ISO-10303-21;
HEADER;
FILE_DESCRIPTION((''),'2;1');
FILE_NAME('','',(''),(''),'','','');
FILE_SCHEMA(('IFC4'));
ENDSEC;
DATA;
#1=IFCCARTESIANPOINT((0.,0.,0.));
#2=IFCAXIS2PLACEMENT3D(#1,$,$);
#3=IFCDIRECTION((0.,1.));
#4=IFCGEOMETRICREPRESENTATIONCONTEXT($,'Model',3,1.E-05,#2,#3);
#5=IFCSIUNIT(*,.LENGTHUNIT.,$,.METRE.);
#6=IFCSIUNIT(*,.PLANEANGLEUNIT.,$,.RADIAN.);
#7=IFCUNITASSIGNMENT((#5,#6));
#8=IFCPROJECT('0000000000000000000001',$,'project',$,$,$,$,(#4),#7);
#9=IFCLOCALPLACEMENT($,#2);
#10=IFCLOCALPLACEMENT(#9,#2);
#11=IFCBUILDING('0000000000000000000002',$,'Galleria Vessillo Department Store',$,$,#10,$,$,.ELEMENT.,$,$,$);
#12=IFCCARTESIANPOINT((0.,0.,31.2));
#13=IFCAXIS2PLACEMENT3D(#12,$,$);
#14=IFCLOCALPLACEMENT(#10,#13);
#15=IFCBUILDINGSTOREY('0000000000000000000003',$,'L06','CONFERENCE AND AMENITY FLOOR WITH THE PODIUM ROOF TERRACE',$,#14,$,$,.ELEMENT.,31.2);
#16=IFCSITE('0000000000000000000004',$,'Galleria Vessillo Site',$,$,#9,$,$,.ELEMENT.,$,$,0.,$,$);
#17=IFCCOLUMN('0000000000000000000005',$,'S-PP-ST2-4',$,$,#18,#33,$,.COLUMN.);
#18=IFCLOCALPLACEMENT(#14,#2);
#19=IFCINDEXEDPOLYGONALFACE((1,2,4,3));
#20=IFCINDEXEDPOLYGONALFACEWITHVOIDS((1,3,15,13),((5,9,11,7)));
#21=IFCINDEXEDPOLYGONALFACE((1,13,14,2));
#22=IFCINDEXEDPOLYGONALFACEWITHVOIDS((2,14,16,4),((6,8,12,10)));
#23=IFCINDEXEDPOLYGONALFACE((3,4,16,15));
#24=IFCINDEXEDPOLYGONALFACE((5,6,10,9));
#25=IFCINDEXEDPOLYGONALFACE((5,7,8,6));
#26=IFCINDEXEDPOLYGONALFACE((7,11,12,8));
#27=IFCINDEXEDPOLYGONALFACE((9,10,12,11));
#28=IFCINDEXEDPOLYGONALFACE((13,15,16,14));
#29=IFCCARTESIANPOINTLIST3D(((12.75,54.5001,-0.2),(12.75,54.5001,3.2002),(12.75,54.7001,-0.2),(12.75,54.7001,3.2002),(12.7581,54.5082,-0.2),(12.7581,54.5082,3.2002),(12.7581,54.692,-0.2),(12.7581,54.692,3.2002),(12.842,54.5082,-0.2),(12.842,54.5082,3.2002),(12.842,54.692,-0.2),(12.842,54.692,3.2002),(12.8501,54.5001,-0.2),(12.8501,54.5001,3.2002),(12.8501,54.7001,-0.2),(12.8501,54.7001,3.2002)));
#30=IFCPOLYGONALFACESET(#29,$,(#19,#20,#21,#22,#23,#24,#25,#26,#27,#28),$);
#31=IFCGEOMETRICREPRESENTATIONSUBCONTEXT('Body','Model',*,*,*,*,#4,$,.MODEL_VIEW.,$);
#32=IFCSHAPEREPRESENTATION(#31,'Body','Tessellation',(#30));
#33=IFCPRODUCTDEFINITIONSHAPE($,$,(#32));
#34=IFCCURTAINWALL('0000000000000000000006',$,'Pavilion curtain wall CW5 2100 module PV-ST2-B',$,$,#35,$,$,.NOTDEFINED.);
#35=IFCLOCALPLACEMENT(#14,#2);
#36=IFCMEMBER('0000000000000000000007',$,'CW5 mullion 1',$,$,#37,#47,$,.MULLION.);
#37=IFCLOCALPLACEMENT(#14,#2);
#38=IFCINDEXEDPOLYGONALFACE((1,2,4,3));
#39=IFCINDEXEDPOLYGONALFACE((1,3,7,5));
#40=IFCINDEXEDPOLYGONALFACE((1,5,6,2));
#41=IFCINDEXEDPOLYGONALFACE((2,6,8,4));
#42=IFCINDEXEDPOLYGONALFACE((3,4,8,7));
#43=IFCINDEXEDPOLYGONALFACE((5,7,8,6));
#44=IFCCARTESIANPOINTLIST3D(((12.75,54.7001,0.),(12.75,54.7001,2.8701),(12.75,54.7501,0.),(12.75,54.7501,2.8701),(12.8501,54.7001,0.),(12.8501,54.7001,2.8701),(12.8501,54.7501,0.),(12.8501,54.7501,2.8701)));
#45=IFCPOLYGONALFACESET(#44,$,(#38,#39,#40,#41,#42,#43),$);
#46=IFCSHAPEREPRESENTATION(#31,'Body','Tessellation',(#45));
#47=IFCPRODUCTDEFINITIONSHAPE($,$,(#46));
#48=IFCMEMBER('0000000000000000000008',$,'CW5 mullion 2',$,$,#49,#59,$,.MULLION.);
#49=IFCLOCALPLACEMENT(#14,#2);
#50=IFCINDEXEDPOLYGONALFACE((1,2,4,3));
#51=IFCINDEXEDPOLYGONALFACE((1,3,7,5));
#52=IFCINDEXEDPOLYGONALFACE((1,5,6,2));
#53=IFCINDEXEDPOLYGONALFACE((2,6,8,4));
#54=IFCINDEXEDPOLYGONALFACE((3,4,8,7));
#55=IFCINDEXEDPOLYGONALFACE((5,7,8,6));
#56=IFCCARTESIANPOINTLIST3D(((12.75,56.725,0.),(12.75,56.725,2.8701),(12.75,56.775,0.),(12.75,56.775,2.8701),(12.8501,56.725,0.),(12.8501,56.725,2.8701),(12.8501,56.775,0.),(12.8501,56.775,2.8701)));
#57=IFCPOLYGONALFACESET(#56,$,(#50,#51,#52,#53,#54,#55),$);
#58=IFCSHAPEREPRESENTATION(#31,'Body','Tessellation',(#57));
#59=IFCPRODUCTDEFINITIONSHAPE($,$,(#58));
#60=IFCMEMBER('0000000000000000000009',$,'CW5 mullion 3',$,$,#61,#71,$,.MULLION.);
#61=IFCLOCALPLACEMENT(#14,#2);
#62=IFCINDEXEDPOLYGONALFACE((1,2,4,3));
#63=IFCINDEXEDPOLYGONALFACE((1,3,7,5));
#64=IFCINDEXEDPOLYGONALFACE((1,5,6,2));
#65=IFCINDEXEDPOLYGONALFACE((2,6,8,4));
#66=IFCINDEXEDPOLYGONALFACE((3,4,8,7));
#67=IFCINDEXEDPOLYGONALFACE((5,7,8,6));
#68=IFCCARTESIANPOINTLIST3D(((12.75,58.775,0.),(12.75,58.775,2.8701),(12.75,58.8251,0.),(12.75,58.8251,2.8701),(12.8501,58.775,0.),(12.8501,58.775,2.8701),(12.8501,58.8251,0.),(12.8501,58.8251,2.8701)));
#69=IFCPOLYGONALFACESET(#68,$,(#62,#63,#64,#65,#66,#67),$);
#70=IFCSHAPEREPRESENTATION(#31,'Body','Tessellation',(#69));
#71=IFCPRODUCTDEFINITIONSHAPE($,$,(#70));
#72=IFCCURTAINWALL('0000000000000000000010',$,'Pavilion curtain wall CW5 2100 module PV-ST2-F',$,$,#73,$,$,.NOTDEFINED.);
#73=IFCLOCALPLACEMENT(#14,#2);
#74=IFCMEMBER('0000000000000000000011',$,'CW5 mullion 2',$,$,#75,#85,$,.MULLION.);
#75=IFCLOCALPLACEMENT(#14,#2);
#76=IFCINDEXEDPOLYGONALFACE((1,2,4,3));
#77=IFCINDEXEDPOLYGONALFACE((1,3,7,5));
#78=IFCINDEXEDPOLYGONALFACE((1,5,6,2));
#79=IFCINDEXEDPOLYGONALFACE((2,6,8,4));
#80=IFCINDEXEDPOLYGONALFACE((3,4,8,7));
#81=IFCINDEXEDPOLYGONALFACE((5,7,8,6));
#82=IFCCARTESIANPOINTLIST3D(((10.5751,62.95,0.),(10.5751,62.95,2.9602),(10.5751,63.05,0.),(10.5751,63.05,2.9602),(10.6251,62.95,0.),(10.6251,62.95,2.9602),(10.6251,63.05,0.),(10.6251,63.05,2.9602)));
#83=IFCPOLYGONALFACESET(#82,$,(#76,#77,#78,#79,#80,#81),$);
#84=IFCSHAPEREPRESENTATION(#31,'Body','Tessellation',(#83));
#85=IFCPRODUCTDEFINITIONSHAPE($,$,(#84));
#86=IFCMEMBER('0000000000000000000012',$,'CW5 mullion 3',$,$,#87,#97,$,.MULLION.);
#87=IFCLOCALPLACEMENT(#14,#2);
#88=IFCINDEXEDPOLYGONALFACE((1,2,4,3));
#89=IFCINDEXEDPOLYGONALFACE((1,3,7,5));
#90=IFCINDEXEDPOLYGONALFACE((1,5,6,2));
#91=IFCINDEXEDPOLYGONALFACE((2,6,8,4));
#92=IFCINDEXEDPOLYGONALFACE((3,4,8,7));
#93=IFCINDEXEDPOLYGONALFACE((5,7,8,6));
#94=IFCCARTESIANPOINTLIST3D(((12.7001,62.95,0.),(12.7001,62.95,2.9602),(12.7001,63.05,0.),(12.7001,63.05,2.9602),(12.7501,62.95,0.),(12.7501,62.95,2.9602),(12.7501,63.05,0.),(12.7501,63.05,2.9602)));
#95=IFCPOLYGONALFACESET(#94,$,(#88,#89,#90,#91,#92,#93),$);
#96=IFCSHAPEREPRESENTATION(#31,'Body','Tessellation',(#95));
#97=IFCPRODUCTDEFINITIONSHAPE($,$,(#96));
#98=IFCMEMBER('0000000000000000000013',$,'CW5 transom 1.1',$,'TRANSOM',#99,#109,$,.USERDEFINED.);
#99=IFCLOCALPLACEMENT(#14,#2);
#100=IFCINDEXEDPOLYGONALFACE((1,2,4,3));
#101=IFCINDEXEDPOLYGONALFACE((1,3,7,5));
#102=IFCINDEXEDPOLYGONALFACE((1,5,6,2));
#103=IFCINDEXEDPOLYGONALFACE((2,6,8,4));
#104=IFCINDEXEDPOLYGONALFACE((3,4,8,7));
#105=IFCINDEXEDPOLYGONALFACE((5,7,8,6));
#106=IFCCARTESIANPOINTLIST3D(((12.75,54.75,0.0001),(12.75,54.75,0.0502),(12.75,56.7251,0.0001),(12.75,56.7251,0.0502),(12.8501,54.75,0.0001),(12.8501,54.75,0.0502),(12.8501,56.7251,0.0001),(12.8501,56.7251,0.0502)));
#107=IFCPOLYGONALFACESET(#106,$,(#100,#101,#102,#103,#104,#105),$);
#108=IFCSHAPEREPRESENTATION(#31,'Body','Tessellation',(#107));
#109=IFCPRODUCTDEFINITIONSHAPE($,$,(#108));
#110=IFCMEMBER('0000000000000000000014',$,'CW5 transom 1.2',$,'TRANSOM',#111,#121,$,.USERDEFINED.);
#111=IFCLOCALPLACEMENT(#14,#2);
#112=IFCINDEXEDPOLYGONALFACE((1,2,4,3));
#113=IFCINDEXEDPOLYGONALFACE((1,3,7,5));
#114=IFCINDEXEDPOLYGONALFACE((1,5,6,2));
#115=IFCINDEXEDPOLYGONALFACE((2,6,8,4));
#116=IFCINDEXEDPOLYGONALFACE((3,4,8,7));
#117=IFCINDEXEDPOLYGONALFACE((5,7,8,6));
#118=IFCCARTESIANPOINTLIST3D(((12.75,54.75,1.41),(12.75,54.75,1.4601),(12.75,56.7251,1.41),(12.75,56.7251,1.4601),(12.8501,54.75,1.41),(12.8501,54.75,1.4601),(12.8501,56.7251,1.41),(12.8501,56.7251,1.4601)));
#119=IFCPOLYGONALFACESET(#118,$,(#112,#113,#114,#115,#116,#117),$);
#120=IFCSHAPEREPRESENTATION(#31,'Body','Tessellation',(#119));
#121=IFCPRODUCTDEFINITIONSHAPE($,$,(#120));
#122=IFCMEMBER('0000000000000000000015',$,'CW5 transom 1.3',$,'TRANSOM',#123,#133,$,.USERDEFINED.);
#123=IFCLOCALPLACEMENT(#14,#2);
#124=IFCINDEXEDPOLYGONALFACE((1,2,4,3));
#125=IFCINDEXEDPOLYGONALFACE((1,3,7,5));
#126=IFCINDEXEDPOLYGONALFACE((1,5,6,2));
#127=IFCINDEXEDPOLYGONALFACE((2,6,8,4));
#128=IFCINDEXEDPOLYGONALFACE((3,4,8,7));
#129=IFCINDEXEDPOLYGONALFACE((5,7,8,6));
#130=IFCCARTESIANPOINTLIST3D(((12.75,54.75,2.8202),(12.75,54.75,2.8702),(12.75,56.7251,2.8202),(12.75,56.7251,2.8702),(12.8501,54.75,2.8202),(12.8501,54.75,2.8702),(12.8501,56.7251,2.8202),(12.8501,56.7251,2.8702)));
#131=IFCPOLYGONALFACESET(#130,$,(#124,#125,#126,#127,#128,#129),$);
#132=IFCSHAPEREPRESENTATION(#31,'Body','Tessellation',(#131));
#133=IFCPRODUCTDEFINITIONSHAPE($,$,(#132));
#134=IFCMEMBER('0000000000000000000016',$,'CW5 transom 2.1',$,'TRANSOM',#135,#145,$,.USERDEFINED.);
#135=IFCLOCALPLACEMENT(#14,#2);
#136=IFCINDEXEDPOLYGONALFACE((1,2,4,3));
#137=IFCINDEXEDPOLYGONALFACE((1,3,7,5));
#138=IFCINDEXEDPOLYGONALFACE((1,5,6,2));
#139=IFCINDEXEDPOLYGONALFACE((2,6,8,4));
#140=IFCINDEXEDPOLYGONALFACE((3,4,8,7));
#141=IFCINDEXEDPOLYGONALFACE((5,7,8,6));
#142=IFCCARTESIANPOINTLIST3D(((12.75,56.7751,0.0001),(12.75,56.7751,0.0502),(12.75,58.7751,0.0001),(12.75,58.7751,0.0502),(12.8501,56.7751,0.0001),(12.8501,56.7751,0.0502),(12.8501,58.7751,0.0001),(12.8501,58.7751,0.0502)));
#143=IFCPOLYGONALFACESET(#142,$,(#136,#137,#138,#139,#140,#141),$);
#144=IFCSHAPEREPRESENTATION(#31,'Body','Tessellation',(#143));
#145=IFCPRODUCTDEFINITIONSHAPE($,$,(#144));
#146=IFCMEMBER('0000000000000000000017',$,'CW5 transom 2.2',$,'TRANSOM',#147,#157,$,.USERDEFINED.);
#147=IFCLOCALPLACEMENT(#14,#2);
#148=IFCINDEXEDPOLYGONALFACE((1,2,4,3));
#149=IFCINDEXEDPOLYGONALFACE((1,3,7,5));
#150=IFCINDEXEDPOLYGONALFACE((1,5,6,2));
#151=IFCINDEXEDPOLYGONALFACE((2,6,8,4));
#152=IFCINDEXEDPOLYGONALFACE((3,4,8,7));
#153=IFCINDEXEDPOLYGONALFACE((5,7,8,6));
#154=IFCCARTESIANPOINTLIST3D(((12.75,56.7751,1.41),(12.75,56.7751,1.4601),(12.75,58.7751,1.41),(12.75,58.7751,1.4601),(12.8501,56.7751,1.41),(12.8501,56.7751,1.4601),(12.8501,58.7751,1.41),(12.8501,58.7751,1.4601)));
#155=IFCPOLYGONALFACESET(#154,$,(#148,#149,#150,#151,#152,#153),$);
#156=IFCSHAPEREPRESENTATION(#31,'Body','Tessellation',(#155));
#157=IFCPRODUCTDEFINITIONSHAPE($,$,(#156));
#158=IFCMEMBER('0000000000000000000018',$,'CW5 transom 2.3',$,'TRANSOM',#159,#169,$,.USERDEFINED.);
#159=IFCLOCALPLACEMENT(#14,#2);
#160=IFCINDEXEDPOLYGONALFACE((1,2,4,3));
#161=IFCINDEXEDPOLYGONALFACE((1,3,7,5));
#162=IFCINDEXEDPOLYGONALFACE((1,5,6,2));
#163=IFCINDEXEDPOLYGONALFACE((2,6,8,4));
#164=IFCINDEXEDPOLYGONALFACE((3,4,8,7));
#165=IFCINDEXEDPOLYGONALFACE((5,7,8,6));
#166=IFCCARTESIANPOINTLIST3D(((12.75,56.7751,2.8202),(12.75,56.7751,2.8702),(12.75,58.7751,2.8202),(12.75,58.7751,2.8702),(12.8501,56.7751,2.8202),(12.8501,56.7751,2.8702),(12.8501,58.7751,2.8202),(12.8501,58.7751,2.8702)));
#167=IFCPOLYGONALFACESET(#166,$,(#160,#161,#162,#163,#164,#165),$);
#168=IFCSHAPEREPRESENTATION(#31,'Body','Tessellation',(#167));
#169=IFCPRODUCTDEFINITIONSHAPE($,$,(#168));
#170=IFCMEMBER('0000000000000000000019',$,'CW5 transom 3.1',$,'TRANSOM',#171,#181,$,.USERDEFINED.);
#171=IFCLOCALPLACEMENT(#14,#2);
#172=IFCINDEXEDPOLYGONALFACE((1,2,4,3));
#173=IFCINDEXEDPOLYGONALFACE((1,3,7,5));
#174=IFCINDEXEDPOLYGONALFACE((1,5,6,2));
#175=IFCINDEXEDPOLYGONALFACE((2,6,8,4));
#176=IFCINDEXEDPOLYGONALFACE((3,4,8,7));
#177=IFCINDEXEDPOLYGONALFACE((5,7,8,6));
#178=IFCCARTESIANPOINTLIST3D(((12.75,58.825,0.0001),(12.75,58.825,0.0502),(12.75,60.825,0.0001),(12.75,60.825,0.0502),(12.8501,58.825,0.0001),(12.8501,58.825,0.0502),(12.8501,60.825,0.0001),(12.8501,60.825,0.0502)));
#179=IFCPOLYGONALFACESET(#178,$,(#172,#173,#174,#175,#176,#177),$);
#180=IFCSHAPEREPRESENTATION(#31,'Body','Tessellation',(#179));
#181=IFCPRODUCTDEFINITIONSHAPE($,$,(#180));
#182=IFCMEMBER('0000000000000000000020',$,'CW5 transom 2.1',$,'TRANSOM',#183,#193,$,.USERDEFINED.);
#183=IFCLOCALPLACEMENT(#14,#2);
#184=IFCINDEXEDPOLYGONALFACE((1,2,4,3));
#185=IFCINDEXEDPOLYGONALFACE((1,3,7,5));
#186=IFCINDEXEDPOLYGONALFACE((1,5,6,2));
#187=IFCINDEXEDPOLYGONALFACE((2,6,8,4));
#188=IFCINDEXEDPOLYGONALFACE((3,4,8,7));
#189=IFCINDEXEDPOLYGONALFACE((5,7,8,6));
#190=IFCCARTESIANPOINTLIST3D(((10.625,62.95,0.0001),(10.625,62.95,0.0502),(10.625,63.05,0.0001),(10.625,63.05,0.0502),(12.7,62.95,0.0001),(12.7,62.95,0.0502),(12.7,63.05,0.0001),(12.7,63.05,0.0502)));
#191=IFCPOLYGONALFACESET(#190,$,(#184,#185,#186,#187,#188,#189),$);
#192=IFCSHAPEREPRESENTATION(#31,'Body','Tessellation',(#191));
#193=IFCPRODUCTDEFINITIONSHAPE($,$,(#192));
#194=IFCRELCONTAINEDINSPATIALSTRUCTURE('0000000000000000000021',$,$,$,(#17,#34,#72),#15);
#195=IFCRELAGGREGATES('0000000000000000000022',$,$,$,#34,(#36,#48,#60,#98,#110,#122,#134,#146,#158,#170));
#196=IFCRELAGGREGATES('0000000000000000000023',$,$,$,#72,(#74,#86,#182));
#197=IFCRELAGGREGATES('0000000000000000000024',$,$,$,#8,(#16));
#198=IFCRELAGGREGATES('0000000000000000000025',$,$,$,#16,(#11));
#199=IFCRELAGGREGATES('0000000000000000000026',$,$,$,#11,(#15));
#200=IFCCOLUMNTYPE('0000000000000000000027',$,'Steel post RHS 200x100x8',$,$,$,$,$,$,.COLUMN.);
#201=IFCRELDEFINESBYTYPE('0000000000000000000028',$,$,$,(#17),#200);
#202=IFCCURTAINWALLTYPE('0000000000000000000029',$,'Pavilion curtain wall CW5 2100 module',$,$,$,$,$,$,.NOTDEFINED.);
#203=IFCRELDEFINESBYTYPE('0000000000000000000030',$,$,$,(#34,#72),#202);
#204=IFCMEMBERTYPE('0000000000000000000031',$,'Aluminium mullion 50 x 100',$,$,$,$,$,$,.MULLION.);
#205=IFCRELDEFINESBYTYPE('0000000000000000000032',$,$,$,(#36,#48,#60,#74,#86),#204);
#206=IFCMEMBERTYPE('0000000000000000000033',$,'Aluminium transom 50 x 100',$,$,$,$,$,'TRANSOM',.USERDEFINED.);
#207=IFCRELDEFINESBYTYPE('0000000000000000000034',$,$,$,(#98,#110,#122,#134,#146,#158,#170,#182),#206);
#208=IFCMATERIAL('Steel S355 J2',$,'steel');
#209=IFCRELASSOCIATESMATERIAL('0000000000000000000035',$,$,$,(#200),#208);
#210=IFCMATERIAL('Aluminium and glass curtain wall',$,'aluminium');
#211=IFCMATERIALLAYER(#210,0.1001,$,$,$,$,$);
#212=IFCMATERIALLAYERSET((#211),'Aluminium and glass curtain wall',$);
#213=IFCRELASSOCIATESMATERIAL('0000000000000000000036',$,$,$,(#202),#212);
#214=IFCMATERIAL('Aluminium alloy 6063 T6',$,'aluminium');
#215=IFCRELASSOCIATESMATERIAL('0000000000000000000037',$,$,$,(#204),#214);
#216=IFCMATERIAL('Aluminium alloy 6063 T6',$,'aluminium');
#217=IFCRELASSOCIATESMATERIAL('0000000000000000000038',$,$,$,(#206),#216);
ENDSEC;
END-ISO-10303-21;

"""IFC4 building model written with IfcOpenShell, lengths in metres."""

from ifc_helpers import new_model, si_unit, direction, frame, origin, origin_2d, place, context, subcontext, project, spatial, rectangle, hollow_rectangle, extrude, material, layer, layer_set, material_profile, profile_set, type_object, element, aggregate, save


model = new_model("IFC4")

# Units and contexts
model_context = context("Model", 3, precision=1e-05, world=origin(), true_north=direction((0.0, 1.0)))
body_context = subcontext(model_context, "Body", "Model", "MODEL_VIEW")
ifc_project = project(units=[si_unit("LENGTHUNIT", "METRE"), si_unit("PLANEANGLEUNIT", "RADIAN")], contexts=[model_context])

# Site, building, storey
site_placement = place(None, origin())
site = spatial("IfcSite", under=ifc_project, at=site_placement, Name="Galleria Vessillo Site", CompositionType="ELEMENT", RefElevation=0.0)
building_placement = place(site_placement, origin())
building = spatial("IfcBuilding", under=site, at=building_placement, Name="Galleria Vessillo Department Store", CompositionType="ELEMENT")
storey_placement = place(building_placement, frame((0.0, 0.0, 31.2)))
storey = spatial("IfcBuildingStorey", under=building, at=storey_placement, Name="L06", Description="CONFERENCE AND AMENITY FLOOR WITH THE PODIUM ROOF TERRACE", CompositionType="ELEMENT", Elevation=31.2)

# Column
ifc_material_1 = material(Name="Steel S355 J2", Category="steel")
ifc_material_profile_1 = material_profile(ifc_material_1, hollow_rectangle(XDim=0.1001, YDim=0.2, WallThickness=0.0081, at=origin_2d()), Name="RHS 200x100x8")
ifc_profile_set_1 = profile_set([ifc_material_profile_1], Name="Steel S355 J2")
column_type = type_object("IfcColumnType", Name="Steel post RHS 200x100x8", PredefinedType="COLUMN", material=ifc_profile_set_1)
column_placement = place(storey_placement, frame((12.8, 54.6001, -0.2), z_axis=(0.0, 0.0, 1.0), x_axis=(1.0, 0.0, 0.0)))
element("IfcColumn", 1, at=column_placement, inside=storey, type_object=column_type, Name="S-PP-ST2-4", PredefinedType="COLUMN", context=body_context, shape_type="SweptSolid", body=[
    extrude(hollow_rectangle(XDim=0.1001, YDim=0.2, WallThickness=0.0081, at=origin_2d()), origin(), (0.0, 0.0, 1.0), 3.4001),
])

# Curtain walls, members
ifc_material_2 = material(Name="Aluminium and glass curtain wall", Category="aluminium")
ifc_layer_1 = layer(ifc_material_2, 0.1001)
ifc_layer_set_1 = layer_set([ifc_layer_1], Name="Aluminium and glass curtain wall")
curtain_wall_type = type_object("IfcCurtainWallType", Name="Pavilion curtain wall CW5 2100 module", PredefinedType="NOTDEFINED", material=ifc_layer_set_1)
curtain_wall_1_placement = place(storey_placement, origin())
curtain_wall_1 = element("IfcCurtainWall", 2, at=curtain_wall_1_placement, inside=storey, type_object=curtain_wall_type, Name="Pavilion curtain wall CW5 2100 module PV-ST2-B", PredefinedType="NOTDEFINED")
ifc_material_3 = material(Name="Aluminium alloy 6063 T6", Category="aluminium")
ifc_material_profile_2 = material_profile(ifc_material_3, rectangle(XDim=0.1001, YDim=0.05, at=origin_2d()), Name="AL 50x100")
ifc_profile_set_2 = profile_set([ifc_material_profile_2], Name="Aluminium alloy 6063 T6")
member_type_1 = type_object("IfcMemberType", Name="Aluminium mullion 50 x 100", PredefinedType="MULLION", material=ifc_profile_set_2)
member_1_placement = place(storey_placement, frame((12.8, 54.7251, 0.0), z_axis=(0.0, 0.0, 1.0), x_axis=(-1.0, 0.0, 0.0)))
member_1 = element("IfcMember", 3, at=member_1_placement, type_object=member_type_1, Name="CW5 mullion 1", PredefinedType="MULLION", context=body_context, shape_type="SweptSolid", body=[
    extrude(rectangle(XDim=0.1001, YDim=0.05, at=origin_2d()), origin(), (0.0, 0.0, 1.0), 2.8701),
])
member_2_placement = place(storey_placement, frame((12.8, 56.75, 0.0), z_axis=(0.0, 0.0, 1.0), x_axis=(-1.0, 0.0, 0.0)))
member_2 = element("IfcMember", 4, at=member_2_placement, type_object=member_type_1, Name="CW5 mullion 2", PredefinedType="MULLION", context=body_context, shape_type="SweptSolid", body=[
    extrude(rectangle(XDim=0.1001, YDim=0.05, at=origin_2d()), origin(), (0.0, 0.0, 1.0), 2.8701),
])
member_3_placement = place(storey_placement, frame((12.8, 58.8, 0.0), z_axis=(0.0, 0.0, 1.0), x_axis=(-1.0, 0.0, 0.0)))
member_3 = element("IfcMember", 5, at=member_3_placement, type_object=member_type_1, Name="CW5 mullion 3", PredefinedType="MULLION", context=body_context, shape_type="SweptSolid", body=[
    extrude(rectangle(XDim=0.1001, YDim=0.05, at=origin_2d()), origin(), (0.0, 0.0, 1.0), 2.8701),
])
curtain_wall_2_placement = place(storey_placement, origin())
curtain_wall_2 = element("IfcCurtainWall", 6, at=curtain_wall_2_placement, inside=storey, type_object=curtain_wall_type, Name="Pavilion curtain wall CW5 2100 module PV-ST2-F", PredefinedType="NOTDEFINED")
member_4_placement = place(storey_placement, frame((10.6001, 63.0, 0.0), z_axis=(0.0, 0.0, 1.0), x_axis=(0.0, 1.0, 0.0)))
member_4 = element("IfcMember", 7, at=member_4_placement, type_object=member_type_1, Name="CW5 mullion 2", PredefinedType="MULLION", context=body_context, shape_type="SweptSolid", body=[
    extrude(rectangle(XDim=0.1001, YDim=0.05, at=origin_2d()), origin(), (0.0, 0.0, 1.0), 2.9602),
])
member_5_placement = place(storey_placement, frame((12.7251, 63.0, 0.0), z_axis=(0.0, 0.0, 1.0), x_axis=(0.0, 1.0, 0.0)))
member_5 = element("IfcMember", 8, at=member_5_placement, type_object=member_type_1, Name="CW5 mullion 3", PredefinedType="MULLION", context=body_context, shape_type="SweptSolid", body=[
    extrude(rectangle(XDim=0.1001, YDim=0.05, at=origin_2d()), origin(), (0.0, 0.0, 1.0), 2.9602),
])

# Members
ifc_material_4 = material(Name="Aluminium alloy 6063 T6", Category="aluminium")
ifc_material_profile_3 = material_profile(ifc_material_4, rectangle(XDim=0.1001, YDim=0.05, at=origin_2d()), Name="AL 50x100")
ifc_profile_set_3 = profile_set([ifc_material_profile_3], Name="Aluminium alloy 6063 T6")
member_type_2 = type_object("IfcMemberType", Name="Aluminium transom 50 x 100", ElementType="TRANSOM", PredefinedType="USERDEFINED", material=ifc_profile_set_3)
member_6_placement = place(storey_placement, frame((12.8, 54.75, 0.0251), z_axis=(0.0, 1.0, 0.0), x_axis=(-1.0, 0.0, 0.0)))
member_6 = element("IfcMember", 9, at=member_6_placement, type_object=member_type_2, Name="CW5 transom 1.1", ObjectType="TRANSOM", PredefinedType="USERDEFINED", context=body_context, shape_type="SweptSolid", body=[
    extrude(rectangle(XDim=0.1001, YDim=0.05, at=origin_2d()), origin(), (0.0, 0.0, 1.0), 1.9751),
])
member_7_placement = place(storey_placement, frame((12.8, 54.75, 1.4351), z_axis=(0.0, 1.0, 0.0), x_axis=(-1.0, 0.0, 0.0)))
member_7 = element("IfcMember", 10, at=member_7_placement, type_object=member_type_2, Name="CW5 transom 1.2", ObjectType="TRANSOM", PredefinedType="USERDEFINED", context=body_context, shape_type="SweptSolid", body=[
    extrude(rectangle(XDim=0.1001, YDim=0.05, at=origin_2d()), origin(), (0.0, 0.0, 1.0), 1.9751),
])
member_8_placement = place(storey_placement, frame((12.8, 54.75, 2.8452), z_axis=(0.0, 1.0, 0.0), x_axis=(-1.0, 0.0, 0.0)))
member_8 = element("IfcMember", 11, at=member_8_placement, type_object=member_type_2, Name="CW5 transom 1.3", ObjectType="TRANSOM", PredefinedType="USERDEFINED", context=body_context, shape_type="SweptSolid", body=[
    extrude(rectangle(XDim=0.1001, YDim=0.05, at=origin_2d()), origin(), (0.0, 0.0, 1.0), 1.9751),
])
member_9_placement = place(storey_placement, frame((12.8, 56.7751, 0.0251), z_axis=(0.0, 1.0, 0.0), x_axis=(-1.0, 0.0, 0.0)))
member_9 = element("IfcMember", 12, at=member_9_placement, type_object=member_type_2, Name="CW5 transom 2.1", ObjectType="TRANSOM", PredefinedType="USERDEFINED", context=body_context, shape_type="SweptSolid", body=[
    extrude(rectangle(XDim=0.1001, YDim=0.05, at=origin_2d()), origin(), (0.0, 0.0, 1.0), 2.0),
])
member_10_placement = place(storey_placement, frame((12.8, 56.7751, 1.4351), z_axis=(0.0, 1.0, 0.0), x_axis=(-1.0, 0.0, 0.0)))
member_10 = element("IfcMember", 13, at=member_10_placement, type_object=member_type_2, Name="CW5 transom 2.2", ObjectType="TRANSOM", PredefinedType="USERDEFINED", context=body_context, shape_type="SweptSolid", body=[
    extrude(rectangle(XDim=0.1001, YDim=0.05, at=origin_2d()), origin(), (0.0, 0.0, 1.0), 2.0),
])
member_11_placement = place(storey_placement, frame((12.8, 56.7751, 2.8452), z_axis=(0.0, 1.0, 0.0), x_axis=(-1.0, 0.0, 0.0)))
member_11 = element("IfcMember", 14, at=member_11_placement, type_object=member_type_2, Name="CW5 transom 2.3", ObjectType="TRANSOM", PredefinedType="USERDEFINED", context=body_context, shape_type="SweptSolid", body=[
    extrude(rectangle(XDim=0.1001, YDim=0.05, at=origin_2d()), origin(), (0.0, 0.0, 1.0), 2.0),
])
member_12_placement = place(storey_placement, frame((12.8, 58.825, 0.0251), z_axis=(0.0, 1.0, 0.0), x_axis=(-1.0, 0.0, 0.0)))
member_12 = element("IfcMember", 15, at=member_12_placement, type_object=member_type_2, Name="CW5 transom 3.1", ObjectType="TRANSOM", PredefinedType="USERDEFINED", context=body_context, shape_type="SweptSolid", body=[
    extrude(rectangle(XDim=0.1001, YDim=0.05, at=origin_2d()), origin(), (0.0, 0.0, 1.0), 2.0),
])
member_13_placement = place(storey_placement, frame((10.625, 63.0, 0.0251), z_axis=(1.0, 0.0, 0.0), x_axis=(0.0, 1.0, 0.0)))
member_13 = element("IfcMember", 16, at=member_13_placement, type_object=member_type_2, Name="CW5 transom 2.1", ObjectType="TRANSOM", PredefinedType="USERDEFINED", context=body_context, shape_type="SweptSolid", body=[
    extrude(rectangle(XDim=0.1001, YDim=0.05, at=origin_2d()), origin(), (0.0, 0.0, 1.0), 2.075),
])

aggregate(curtain_wall_1, [member_1, member_2, member_3, member_6, member_7, member_8, member_9, member_10, member_11, member_12])
aggregate(curtain_wall_2, [member_4, member_5, member_13])

save(model, "model.ifc")
